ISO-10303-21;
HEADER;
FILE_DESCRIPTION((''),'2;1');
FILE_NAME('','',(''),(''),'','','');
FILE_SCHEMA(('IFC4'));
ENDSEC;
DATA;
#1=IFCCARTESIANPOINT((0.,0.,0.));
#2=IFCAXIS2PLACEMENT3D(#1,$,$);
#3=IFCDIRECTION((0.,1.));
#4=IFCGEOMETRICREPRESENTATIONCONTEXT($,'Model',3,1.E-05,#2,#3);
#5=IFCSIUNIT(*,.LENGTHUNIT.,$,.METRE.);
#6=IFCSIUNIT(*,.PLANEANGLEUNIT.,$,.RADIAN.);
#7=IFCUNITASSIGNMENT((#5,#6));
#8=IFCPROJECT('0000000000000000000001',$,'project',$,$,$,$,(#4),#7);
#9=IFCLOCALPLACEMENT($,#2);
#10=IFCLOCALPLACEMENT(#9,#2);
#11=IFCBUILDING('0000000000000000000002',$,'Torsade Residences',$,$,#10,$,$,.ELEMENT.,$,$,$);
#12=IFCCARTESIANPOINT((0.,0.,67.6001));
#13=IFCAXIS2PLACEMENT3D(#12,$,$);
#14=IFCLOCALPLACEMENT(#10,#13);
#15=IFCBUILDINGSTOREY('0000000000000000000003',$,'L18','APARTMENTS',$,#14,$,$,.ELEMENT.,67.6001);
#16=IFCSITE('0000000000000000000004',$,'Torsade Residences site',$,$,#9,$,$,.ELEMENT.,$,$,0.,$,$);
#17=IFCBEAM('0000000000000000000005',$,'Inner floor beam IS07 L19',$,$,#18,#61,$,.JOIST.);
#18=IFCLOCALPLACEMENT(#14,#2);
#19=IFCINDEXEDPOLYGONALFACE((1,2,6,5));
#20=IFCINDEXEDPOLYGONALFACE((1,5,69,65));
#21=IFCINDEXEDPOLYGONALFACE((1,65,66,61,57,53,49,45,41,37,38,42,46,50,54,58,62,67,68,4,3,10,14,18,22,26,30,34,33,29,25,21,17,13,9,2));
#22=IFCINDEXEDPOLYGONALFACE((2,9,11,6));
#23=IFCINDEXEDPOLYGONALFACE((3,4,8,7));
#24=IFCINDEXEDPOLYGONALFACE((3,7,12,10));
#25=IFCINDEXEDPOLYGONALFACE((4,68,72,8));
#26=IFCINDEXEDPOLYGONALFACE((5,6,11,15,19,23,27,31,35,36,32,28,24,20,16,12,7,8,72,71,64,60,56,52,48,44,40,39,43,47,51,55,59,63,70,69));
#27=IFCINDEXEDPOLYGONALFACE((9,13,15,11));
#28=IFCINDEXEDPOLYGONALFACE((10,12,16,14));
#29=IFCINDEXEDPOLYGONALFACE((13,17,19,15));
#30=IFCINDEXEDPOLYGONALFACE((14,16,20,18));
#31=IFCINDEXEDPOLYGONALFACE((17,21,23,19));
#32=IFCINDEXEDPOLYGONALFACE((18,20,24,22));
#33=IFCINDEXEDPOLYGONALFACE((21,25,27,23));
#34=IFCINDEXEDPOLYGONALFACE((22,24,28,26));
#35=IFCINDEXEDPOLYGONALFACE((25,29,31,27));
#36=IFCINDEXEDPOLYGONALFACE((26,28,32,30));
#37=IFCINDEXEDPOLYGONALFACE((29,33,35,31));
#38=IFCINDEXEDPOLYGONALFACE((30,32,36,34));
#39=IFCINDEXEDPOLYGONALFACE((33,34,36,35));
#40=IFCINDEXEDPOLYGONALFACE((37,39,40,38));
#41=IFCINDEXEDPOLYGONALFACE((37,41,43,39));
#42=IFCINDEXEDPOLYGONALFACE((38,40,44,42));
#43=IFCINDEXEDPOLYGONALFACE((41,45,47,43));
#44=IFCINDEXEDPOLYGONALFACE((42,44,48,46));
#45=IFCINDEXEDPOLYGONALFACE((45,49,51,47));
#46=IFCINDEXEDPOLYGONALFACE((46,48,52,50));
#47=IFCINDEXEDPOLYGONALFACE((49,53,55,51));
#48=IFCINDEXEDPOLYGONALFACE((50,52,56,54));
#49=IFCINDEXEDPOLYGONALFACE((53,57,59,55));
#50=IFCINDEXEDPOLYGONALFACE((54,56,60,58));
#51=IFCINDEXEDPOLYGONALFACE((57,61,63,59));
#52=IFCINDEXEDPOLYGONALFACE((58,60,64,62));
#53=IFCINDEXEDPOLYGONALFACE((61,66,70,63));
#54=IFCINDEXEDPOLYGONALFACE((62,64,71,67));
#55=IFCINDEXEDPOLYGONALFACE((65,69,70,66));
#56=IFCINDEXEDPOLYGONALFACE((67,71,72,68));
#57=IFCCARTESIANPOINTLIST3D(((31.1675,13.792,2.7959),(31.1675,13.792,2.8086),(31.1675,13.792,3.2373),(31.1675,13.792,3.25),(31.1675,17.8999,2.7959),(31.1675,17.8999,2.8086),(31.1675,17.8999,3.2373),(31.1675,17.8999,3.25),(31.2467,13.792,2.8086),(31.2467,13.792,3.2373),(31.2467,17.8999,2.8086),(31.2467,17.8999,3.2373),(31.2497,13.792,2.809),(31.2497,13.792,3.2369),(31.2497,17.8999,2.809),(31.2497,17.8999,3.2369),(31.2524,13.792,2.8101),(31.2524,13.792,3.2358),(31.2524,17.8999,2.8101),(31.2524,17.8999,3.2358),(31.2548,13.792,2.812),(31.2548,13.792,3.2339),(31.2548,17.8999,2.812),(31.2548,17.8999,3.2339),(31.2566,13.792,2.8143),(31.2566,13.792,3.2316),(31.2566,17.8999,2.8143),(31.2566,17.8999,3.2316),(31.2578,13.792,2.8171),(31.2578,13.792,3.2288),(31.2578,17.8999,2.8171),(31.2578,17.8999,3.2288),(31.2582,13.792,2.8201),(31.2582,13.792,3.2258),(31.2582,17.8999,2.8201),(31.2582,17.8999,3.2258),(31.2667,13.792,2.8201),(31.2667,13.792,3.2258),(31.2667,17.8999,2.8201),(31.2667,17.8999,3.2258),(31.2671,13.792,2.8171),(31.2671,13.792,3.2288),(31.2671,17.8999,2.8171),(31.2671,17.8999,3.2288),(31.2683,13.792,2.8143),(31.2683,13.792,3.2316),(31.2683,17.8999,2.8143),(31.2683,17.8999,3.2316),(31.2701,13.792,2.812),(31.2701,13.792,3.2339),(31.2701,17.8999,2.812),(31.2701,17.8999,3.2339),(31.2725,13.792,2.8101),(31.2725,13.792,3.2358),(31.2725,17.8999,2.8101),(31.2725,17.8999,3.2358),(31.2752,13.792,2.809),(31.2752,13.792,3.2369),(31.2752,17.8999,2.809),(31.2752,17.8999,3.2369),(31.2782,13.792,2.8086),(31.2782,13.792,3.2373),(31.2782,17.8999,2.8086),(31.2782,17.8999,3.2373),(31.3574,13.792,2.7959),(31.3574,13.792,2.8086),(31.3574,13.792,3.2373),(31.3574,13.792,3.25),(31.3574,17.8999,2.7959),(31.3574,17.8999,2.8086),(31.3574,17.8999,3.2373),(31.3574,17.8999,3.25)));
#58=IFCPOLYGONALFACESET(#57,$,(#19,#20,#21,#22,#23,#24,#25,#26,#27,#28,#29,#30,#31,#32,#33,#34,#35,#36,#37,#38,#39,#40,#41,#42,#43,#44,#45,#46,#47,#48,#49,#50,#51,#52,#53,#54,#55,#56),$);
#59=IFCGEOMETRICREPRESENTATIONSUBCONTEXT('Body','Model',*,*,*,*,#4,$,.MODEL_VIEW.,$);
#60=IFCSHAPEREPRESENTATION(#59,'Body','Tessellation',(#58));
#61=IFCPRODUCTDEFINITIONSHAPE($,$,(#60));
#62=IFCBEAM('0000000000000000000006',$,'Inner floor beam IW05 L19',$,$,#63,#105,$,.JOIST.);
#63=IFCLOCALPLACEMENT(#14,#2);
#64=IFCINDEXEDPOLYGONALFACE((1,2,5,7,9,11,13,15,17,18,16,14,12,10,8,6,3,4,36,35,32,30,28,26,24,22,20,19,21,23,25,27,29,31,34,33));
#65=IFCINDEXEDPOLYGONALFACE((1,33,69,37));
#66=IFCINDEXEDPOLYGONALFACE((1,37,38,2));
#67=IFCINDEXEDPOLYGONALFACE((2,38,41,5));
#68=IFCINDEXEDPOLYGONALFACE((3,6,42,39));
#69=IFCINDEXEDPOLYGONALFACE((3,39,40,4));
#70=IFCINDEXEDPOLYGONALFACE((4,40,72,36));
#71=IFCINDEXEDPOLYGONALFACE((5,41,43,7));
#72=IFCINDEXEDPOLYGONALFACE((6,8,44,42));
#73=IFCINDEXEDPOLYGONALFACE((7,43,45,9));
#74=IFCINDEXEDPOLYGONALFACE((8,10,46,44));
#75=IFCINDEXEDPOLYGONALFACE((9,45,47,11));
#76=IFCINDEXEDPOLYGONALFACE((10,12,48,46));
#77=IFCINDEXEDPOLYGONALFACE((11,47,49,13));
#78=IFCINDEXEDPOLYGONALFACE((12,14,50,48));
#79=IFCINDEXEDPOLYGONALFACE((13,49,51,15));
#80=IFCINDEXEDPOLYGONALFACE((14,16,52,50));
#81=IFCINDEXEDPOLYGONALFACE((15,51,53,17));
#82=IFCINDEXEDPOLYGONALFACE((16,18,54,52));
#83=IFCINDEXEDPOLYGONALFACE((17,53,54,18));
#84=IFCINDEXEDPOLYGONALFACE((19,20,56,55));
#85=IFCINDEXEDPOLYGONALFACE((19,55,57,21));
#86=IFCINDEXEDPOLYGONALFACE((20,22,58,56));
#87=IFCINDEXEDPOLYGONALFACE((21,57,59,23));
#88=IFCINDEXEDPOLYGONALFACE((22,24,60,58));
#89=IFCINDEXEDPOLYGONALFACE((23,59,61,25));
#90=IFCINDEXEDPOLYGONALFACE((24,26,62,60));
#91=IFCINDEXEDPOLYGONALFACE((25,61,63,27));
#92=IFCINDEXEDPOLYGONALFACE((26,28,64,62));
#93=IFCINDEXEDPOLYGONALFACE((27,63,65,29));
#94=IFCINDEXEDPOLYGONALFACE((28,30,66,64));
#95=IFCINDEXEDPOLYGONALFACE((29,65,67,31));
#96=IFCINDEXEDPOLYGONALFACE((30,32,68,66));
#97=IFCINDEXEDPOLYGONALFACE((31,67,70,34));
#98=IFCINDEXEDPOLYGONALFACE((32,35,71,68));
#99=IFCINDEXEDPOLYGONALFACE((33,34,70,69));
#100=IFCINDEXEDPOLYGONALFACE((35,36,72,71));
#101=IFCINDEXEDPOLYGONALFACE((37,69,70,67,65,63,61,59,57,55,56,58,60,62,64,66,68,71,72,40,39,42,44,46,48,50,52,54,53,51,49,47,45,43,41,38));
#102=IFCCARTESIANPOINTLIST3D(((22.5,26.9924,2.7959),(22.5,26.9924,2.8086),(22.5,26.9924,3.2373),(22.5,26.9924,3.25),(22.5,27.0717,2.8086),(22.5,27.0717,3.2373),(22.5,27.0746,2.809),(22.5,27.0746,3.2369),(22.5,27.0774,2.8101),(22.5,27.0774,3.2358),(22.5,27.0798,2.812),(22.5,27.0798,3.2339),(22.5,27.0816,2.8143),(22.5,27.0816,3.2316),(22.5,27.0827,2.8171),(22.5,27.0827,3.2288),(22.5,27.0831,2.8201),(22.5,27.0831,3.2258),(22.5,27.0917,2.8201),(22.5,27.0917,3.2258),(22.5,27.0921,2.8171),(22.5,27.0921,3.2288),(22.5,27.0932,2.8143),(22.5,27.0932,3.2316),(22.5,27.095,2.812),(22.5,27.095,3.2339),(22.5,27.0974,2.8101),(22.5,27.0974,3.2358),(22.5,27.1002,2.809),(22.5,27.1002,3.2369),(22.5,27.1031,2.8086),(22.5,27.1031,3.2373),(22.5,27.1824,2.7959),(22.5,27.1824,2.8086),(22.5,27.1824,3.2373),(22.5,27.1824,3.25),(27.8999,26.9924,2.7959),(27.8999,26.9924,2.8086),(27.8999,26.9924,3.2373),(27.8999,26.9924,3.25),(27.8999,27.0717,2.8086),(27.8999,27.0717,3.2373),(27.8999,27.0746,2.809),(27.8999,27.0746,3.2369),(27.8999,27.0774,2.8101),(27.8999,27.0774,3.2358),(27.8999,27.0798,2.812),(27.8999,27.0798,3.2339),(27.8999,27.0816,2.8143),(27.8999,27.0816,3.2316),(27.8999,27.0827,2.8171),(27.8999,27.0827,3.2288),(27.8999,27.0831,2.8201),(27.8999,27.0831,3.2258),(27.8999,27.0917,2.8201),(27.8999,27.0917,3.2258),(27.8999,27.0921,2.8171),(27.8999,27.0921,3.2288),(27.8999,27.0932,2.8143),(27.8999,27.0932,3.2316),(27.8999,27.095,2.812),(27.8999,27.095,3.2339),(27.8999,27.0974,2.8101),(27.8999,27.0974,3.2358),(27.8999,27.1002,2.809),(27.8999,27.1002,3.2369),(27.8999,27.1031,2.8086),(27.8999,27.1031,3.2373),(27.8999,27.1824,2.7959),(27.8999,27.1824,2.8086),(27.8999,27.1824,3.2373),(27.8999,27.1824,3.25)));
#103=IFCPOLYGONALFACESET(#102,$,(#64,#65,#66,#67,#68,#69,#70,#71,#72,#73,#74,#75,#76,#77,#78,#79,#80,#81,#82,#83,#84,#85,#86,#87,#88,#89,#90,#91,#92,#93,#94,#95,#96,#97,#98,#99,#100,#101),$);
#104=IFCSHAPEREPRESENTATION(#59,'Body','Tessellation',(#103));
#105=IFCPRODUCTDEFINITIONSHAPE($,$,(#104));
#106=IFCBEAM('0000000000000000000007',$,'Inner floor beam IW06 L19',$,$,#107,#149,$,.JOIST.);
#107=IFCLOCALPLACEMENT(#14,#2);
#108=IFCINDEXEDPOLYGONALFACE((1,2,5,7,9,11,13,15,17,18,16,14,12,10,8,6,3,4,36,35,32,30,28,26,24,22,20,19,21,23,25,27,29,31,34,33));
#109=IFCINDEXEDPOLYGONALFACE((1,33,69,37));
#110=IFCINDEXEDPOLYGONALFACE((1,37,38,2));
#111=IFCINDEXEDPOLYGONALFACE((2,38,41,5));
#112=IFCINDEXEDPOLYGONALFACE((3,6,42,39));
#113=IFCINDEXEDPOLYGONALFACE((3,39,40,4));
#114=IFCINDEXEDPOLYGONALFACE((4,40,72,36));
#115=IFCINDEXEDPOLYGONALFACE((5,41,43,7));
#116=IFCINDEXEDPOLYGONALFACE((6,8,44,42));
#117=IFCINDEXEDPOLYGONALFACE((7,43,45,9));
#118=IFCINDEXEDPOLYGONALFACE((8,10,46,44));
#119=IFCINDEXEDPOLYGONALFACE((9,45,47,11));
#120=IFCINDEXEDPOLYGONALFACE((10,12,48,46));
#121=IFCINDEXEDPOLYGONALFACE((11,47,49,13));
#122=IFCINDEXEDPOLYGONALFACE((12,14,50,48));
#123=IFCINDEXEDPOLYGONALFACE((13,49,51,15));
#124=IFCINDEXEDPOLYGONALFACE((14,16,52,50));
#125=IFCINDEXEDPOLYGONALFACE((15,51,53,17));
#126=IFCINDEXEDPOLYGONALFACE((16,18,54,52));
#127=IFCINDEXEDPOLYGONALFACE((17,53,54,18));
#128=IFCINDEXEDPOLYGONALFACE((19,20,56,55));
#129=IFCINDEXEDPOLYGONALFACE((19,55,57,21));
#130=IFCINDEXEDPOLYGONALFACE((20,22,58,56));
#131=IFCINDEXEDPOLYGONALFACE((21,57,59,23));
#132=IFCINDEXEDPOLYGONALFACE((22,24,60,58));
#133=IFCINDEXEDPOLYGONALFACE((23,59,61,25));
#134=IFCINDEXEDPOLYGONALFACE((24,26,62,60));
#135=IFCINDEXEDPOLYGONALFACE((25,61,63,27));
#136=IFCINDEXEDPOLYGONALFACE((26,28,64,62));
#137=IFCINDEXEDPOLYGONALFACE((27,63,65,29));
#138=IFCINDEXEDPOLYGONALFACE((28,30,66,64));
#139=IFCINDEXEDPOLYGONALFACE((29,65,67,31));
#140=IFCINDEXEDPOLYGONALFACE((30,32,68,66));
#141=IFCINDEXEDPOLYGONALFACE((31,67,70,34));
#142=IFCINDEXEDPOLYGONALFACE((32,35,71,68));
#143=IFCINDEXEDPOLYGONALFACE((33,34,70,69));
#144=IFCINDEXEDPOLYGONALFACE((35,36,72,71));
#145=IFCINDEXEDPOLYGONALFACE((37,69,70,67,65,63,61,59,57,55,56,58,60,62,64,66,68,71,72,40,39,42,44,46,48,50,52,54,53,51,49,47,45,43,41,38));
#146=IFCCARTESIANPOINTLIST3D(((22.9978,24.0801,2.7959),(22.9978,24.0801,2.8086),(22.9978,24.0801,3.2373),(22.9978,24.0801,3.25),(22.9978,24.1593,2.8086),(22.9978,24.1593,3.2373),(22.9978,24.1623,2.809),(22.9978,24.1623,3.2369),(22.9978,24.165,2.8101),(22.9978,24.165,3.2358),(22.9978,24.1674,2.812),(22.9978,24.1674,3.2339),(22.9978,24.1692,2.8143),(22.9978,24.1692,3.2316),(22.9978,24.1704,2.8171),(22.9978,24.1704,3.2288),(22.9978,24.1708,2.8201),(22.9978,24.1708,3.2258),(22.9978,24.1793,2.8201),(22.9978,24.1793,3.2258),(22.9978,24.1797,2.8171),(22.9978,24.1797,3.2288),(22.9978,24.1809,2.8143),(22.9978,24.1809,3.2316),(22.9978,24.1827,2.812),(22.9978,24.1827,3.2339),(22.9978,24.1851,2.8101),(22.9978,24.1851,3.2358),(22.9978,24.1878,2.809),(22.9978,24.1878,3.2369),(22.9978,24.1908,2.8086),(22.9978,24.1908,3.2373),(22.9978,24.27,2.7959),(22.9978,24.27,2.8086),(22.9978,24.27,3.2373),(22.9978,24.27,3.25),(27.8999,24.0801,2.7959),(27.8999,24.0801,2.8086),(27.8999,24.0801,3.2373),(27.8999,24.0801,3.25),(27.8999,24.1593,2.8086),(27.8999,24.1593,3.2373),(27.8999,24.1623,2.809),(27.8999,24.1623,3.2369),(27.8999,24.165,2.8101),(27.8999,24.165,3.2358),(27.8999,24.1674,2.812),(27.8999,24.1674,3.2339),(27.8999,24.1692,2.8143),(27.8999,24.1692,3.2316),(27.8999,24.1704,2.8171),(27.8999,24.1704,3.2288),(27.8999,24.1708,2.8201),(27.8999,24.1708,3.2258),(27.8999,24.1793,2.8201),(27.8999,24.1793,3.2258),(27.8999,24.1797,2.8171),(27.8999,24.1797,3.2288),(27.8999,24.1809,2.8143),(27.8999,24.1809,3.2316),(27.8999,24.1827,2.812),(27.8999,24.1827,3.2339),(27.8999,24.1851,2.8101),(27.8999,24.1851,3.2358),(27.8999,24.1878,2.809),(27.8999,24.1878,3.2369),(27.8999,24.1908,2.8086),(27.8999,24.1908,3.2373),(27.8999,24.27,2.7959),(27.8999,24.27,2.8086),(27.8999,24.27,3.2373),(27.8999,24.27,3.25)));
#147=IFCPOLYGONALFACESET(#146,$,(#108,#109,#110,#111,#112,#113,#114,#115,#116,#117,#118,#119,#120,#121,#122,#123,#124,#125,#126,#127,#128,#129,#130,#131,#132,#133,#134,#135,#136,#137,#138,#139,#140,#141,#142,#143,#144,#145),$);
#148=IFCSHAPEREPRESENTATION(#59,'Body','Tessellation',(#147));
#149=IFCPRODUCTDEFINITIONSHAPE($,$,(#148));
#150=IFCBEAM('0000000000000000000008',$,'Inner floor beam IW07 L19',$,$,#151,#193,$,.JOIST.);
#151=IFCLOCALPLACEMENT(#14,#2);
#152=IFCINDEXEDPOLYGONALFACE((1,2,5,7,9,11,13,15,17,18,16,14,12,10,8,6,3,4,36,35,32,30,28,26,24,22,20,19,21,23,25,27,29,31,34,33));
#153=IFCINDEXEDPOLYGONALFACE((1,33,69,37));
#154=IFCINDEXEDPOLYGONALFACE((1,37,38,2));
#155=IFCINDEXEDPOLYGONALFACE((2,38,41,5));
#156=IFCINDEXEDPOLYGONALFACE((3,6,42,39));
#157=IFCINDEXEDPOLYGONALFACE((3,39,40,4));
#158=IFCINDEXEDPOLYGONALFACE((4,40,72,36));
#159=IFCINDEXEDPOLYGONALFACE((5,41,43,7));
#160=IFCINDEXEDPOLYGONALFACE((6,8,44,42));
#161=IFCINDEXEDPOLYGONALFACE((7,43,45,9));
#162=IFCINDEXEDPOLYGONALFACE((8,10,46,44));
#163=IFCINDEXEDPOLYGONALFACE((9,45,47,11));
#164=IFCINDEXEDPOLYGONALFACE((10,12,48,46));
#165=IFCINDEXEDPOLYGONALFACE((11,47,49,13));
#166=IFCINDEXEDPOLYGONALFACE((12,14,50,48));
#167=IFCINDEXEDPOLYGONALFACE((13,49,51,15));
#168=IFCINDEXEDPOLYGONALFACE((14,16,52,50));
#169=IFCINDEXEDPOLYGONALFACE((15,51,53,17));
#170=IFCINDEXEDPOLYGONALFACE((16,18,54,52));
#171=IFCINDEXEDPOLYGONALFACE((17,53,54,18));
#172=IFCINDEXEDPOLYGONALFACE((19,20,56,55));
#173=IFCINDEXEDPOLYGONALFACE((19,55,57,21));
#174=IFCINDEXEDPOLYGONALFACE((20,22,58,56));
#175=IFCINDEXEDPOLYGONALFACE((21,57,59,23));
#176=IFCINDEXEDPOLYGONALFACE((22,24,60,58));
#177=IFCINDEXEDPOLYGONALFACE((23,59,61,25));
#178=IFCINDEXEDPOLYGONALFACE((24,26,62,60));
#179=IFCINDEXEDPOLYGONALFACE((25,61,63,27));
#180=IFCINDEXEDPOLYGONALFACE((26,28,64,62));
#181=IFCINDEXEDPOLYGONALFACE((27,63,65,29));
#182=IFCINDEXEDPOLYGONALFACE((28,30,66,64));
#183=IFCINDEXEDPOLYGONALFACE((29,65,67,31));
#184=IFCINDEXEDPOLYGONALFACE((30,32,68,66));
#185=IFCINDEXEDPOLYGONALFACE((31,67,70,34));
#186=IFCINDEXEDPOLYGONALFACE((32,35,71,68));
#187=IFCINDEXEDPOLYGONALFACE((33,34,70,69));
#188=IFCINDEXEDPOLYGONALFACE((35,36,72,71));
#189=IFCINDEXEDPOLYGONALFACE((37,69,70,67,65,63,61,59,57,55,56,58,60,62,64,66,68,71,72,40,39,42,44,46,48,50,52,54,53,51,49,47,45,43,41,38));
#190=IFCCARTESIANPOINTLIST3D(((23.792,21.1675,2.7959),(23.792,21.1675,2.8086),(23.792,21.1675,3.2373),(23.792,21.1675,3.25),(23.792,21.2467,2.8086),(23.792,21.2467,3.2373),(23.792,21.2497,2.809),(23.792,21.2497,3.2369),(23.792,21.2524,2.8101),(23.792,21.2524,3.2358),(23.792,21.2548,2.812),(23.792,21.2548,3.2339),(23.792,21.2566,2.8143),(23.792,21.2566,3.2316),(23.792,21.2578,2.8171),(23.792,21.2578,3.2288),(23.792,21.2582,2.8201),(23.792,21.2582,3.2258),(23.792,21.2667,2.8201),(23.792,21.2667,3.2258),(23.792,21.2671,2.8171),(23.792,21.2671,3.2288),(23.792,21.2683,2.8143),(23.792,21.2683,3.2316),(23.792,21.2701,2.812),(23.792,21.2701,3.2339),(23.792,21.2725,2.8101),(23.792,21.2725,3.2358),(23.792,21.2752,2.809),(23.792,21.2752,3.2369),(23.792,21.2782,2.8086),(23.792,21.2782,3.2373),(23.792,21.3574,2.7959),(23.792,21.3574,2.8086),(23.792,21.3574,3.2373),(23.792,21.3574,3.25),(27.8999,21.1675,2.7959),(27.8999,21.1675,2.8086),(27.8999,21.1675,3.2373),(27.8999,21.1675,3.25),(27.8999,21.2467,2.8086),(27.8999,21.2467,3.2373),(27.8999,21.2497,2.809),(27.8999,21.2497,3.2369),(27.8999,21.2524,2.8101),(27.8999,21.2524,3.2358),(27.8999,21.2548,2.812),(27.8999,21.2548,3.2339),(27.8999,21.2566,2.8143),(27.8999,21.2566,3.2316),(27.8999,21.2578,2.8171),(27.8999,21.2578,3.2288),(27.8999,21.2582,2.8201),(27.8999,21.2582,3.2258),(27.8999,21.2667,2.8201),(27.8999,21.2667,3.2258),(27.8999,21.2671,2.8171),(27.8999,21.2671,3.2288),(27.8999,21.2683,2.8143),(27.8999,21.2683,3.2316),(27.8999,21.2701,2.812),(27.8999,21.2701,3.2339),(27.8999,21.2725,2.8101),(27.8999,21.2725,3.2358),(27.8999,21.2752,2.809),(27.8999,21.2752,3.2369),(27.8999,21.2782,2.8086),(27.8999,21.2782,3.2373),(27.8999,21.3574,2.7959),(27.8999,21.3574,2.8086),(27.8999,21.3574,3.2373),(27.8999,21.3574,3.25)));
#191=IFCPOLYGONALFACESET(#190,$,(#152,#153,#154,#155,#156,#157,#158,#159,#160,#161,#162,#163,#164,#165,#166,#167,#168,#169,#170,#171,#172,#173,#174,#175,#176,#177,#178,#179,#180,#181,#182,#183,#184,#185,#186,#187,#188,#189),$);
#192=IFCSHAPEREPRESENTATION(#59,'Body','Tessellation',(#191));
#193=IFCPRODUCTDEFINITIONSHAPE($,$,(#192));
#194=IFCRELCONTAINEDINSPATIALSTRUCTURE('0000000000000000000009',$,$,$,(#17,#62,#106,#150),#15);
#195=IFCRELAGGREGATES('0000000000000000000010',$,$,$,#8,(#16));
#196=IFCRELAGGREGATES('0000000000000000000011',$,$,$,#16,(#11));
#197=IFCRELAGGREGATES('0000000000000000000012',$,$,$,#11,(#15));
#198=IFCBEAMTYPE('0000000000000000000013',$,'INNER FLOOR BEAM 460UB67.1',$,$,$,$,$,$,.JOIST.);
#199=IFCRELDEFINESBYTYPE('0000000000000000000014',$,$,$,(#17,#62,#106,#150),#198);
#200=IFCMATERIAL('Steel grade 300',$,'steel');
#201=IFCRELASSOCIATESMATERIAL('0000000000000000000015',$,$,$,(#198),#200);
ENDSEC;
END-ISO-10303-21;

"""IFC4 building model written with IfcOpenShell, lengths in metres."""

from ifc_helpers import new_model, si_unit, direction, frame, origin, origin_2d, place, context, subcontext, project, spatial, i_section, extrude, material, material_profile, profile_set, type_object, element, save


model = new_model("IFC4")

# Units and contexts
model_context = context("Model", 3, precision=1e-05, world=origin(), true_north=direction((0.0, 1.0)))
body_context = subcontext(model_context, "Body", "Model", "MODEL_VIEW")
ifc_project = project(units=[si_unit("LENGTHUNIT", "METRE"), si_unit("PLANEANGLEUNIT", "RADIAN")], contexts=[model_context])

# Site, building, storey
site_placement = place(None, origin())
site = spatial("IfcSite", under=ifc_project, at=site_placement, Name="Torsade Residences site", CompositionType="ELEMENT", RefElevation=0.0)
building_placement = place(site_placement, origin())
building = spatial("IfcBuilding", under=site, at=building_placement, Name="Torsade Residences", CompositionType="ELEMENT")
storey_placement = place(building_placement, frame((0.0, 0.0, 67.6001)))
storey = spatial("IfcBuildingStorey", under=building, at=storey_placement, Name="L18", Description="APARTMENTS", CompositionType="ELEMENT", Elevation=67.6001)

# Beams
ifc_material_1 = material(Name="Steel grade 300", Category="steel")
ifc_material_profile_1 = material_profile(ifc_material_1, i_section(OverallWidth=0.1899, OverallDepth=0.4541, WebThickness=0.0085, FlangeThickness=0.0127, FilletRadius=0.0115, at=origin_2d()), Name="460UB67.1")
ifc_profile_set_1 = profile_set([ifc_material_profile_1], Name="Steel grade 300")
beam_type_1 = type_object("IfcBeamType", Name="INNER FLOOR BEAM 460UB67.1", PredefinedType="JOIST", material=ifc_profile_set_1)
beam_1_placement = place(storey_placement, frame((31.2625, 17.8999, 3.0229), z_axis=(0.0, -1.0, 0.0), x_axis=(1.0, 0.0, 0.0)))
element("IfcBeam", 1, at=beam_1_placement, inside=storey, type_object=beam_type_1, Name="Inner floor beam IS07 L19", PredefinedType="JOIST", context=body_context, shape_type="SweptSolid", body=[
    extrude(i_section(OverallWidth=0.1899, OverallDepth=0.4541, WebThickness=0.0085, FlangeThickness=0.0127, FilletRadius=0.0115, at=origin_2d()), origin(), (0.0, 0.0, 1.0), 4.1079),
])
beam_2_placement = place(storey_placement, frame((27.8999, 27.0874, 3.0229), z_axis=(-1.0, 0.0, 0.0), x_axis=(0.0, -1.0, 0.0)))
element("IfcBeam", 2, at=beam_2_placement, inside=storey, type_object=beam_type_1, Name="Inner floor beam IW05 L19", PredefinedType="JOIST", context=body_context, shape_type="SweptSolid", body=[
    extrude(i_section(OverallWidth=0.1899, OverallDepth=0.4541, WebThickness=0.0085, FlangeThickness=0.0127, FilletRadius=0.0115, at=origin_2d()), origin(), (0.0, 0.0, 1.0), 5.3999),
])
beam_3_placement = place(storey_placement, frame((27.8999, 24.175, 3.0229), z_axis=(-1.0, 0.0, 0.0), x_axis=(0.0, -1.0, 0.0)))
element("IfcBeam", 3, at=beam_3_placement, inside=storey, type_object=beam_type_1, Name="Inner floor beam IW06 L19", PredefinedType="JOIST", context=body_context, shape_type="SweptSolid", body=[
    extrude(i_section(OverallWidth=0.1899, OverallDepth=0.4541, WebThickness=0.0085, FlangeThickness=0.0127, FilletRadius=0.0115, at=origin_2d()), origin(), (0.0, 0.0, 1.0), 4.9021),
])
beam_4_placement = place(storey_placement, frame((27.8999, 21.2625, 3.0229), z_axis=(-1.0, 0.0, 0.0), x_axis=(0.0, -1.0, 0.0)))
element("IfcBeam", 4, at=beam_4_placement, inside=storey, type_object=beam_type_1, Name="Inner floor beam IW07 L19", PredefinedType="JOIST", context=body_context, shape_type="SweptSolid", body=[
    extrude(i_section(OverallWidth=0.1899, OverallDepth=0.4541, WebThickness=0.0085, FlangeThickness=0.0127, FilletRadius=0.0115, at=origin_2d()), origin(), (0.0, 0.0, 1.0), 4.1079),
])

save(model, "model.ifc")
